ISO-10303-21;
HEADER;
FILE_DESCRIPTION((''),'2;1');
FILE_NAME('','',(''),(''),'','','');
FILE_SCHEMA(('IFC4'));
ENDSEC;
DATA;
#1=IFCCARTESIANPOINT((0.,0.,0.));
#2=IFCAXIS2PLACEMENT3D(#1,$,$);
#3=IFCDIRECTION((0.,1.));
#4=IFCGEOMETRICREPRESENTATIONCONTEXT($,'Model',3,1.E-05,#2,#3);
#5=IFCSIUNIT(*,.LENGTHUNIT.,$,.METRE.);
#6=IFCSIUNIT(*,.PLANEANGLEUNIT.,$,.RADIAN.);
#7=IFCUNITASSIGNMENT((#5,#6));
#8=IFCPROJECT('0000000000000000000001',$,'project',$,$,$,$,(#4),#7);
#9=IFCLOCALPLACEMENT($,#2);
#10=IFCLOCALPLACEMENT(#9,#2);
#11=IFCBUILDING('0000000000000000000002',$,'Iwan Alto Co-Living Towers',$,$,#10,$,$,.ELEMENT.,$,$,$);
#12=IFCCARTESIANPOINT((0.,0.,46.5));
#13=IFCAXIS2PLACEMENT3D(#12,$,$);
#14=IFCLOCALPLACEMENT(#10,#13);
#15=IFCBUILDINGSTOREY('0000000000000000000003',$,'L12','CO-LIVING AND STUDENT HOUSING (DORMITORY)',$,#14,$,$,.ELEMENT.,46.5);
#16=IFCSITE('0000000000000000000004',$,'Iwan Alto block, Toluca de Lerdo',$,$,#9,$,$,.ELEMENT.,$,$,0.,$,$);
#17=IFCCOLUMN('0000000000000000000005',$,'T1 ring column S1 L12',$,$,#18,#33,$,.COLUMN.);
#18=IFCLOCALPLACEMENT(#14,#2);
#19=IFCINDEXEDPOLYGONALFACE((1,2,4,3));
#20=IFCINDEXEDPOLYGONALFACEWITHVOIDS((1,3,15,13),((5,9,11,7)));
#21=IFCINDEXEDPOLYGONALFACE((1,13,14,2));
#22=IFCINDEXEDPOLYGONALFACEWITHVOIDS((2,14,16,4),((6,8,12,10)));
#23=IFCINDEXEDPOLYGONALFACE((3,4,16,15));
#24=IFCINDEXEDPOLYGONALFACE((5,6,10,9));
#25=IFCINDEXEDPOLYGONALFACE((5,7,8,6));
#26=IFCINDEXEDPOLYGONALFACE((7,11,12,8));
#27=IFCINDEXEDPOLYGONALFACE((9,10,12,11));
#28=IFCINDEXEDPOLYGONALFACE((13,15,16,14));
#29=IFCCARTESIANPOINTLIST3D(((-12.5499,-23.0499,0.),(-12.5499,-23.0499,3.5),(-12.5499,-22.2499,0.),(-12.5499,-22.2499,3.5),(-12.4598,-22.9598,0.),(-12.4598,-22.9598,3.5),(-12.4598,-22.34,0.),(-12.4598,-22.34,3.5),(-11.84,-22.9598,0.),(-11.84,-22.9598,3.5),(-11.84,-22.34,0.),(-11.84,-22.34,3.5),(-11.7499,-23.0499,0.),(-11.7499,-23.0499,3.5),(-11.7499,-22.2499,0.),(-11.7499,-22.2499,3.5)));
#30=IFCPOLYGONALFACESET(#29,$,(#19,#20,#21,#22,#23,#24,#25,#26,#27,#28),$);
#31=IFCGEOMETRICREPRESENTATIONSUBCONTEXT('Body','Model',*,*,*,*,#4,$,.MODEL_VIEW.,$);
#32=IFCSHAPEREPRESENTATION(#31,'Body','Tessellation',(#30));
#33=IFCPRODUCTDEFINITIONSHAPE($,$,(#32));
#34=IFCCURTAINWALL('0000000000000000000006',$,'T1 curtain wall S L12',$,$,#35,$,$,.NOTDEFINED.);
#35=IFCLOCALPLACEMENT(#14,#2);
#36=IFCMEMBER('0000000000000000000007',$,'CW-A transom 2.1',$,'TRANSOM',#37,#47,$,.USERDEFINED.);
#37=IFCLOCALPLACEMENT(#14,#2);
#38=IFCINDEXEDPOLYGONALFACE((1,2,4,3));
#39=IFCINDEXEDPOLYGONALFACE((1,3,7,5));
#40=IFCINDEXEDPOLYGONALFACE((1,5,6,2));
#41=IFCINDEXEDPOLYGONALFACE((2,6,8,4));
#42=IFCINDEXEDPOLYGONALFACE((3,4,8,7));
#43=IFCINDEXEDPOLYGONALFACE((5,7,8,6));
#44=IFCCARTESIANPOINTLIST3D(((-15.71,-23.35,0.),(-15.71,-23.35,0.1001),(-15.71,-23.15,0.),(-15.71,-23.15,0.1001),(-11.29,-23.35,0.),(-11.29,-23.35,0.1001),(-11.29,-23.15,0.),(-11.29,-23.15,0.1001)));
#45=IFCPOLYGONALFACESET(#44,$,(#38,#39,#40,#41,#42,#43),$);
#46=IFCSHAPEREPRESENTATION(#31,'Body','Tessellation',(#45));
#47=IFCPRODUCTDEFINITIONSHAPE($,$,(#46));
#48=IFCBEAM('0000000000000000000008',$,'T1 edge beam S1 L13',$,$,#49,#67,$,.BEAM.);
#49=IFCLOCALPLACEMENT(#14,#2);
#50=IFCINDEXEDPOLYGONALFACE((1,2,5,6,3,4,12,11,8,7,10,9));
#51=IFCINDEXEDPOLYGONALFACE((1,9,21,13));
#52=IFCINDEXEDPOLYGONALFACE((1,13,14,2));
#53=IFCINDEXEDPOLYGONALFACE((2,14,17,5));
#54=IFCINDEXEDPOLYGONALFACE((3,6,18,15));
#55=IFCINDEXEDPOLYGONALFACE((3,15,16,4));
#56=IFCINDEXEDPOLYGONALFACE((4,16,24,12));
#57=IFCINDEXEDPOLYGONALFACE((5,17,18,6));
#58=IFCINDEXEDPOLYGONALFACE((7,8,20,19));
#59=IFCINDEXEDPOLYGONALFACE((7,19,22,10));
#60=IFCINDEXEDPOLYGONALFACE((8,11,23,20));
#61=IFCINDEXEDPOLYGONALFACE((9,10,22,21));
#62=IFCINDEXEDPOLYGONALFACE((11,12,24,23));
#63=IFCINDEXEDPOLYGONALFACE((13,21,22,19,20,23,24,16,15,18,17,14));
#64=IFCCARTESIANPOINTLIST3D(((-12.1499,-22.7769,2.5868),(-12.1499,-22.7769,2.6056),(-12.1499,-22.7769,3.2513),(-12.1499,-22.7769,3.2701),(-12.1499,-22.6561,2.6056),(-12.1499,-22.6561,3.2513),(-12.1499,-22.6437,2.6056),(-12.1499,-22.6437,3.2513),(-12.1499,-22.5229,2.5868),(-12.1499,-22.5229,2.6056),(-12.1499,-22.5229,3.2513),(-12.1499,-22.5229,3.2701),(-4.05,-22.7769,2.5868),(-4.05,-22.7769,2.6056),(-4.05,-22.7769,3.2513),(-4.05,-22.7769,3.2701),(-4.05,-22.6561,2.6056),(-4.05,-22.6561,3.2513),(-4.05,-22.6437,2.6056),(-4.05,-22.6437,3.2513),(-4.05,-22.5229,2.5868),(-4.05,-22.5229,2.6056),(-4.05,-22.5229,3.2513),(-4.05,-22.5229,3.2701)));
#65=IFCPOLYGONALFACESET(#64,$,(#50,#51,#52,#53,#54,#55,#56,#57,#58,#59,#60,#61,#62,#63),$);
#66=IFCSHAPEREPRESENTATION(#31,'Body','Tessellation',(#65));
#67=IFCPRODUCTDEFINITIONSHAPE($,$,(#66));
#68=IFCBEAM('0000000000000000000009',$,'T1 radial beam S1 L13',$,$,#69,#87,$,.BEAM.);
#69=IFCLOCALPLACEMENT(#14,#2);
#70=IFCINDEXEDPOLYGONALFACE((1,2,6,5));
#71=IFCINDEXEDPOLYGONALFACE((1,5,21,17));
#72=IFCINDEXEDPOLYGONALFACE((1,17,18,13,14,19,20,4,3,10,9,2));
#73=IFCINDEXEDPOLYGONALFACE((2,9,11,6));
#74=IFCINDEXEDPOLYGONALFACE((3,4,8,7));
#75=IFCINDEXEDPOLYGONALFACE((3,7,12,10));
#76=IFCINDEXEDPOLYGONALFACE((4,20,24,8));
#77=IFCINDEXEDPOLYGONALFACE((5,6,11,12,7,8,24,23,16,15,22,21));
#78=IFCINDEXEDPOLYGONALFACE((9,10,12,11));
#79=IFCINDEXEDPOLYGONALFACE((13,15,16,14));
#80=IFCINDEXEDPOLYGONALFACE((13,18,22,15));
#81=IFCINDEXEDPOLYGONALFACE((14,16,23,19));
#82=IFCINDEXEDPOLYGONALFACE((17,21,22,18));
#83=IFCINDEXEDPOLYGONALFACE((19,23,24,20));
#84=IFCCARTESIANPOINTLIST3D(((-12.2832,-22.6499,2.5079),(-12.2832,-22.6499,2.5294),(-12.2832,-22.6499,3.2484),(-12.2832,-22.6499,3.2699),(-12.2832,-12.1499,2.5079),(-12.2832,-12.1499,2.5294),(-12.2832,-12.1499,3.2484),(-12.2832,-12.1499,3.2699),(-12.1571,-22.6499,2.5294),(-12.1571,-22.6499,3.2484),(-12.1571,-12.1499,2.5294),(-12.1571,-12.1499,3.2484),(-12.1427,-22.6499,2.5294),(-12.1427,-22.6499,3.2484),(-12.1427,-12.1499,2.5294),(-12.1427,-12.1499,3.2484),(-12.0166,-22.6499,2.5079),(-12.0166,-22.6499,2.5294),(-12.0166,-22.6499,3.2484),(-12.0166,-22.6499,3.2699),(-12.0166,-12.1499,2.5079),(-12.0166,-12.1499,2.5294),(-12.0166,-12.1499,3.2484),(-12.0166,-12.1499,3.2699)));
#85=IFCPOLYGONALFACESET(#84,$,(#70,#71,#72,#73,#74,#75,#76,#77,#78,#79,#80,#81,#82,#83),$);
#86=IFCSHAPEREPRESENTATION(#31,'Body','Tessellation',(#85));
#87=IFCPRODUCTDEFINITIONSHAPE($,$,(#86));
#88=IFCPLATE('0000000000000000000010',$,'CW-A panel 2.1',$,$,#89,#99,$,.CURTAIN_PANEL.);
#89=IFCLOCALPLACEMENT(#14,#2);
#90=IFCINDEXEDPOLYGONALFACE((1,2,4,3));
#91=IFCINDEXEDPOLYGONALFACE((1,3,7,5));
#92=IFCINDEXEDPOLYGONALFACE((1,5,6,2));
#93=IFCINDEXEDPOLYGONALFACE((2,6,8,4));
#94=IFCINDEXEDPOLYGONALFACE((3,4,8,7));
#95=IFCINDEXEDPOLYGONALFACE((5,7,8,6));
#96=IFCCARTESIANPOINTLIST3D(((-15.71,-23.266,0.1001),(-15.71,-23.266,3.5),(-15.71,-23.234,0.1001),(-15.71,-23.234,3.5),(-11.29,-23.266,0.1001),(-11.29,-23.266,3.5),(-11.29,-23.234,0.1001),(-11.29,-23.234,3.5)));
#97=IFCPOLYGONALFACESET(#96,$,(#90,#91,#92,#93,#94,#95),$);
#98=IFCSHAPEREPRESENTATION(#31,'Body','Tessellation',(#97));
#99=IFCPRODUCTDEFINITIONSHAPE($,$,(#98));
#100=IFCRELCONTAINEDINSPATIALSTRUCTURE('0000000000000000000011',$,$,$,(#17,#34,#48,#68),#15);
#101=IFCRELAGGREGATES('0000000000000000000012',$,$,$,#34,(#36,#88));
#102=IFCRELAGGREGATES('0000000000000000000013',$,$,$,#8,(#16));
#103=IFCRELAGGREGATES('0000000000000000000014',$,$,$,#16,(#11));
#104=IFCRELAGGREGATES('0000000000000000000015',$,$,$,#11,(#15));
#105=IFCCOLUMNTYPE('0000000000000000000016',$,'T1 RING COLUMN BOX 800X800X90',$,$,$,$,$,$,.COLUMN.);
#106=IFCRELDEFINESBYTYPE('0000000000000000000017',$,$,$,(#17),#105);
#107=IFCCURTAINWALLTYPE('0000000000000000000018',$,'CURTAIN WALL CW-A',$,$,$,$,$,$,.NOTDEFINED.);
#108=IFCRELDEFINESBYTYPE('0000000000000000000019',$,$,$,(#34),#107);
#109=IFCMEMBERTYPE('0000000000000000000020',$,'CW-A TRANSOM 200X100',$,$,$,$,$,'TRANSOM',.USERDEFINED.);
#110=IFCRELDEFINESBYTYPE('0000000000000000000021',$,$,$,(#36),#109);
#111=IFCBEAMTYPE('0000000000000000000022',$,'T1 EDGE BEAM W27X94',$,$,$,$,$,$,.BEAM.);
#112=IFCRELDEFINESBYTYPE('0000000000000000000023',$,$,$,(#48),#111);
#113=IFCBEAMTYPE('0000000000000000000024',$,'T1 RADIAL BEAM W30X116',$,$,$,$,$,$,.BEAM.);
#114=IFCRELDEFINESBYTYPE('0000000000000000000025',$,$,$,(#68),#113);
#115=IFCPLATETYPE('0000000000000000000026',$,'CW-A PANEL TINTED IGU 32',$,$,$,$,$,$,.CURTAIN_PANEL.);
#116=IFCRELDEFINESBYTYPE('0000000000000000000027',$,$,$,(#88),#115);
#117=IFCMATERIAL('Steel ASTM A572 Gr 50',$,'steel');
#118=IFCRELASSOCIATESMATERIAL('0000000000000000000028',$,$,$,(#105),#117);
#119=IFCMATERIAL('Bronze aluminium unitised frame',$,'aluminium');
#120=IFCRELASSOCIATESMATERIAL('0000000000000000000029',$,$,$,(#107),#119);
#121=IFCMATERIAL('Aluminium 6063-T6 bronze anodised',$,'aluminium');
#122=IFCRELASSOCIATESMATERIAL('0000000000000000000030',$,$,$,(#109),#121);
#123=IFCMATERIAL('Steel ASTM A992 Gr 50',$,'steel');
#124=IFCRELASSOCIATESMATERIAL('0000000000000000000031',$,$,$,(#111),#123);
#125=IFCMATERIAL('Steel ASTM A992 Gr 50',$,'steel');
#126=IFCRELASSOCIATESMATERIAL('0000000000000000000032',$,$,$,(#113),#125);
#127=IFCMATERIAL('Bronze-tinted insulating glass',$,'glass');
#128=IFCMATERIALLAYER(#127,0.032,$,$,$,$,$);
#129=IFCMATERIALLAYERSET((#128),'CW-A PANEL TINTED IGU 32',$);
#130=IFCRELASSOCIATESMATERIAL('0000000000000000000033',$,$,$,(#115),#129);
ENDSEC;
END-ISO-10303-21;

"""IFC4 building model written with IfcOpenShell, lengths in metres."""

from ifc_helpers import new_model, si_unit, direction, frame, origin, origin_2d, place, context, subcontext, project, spatial, rectangle, hollow_rectangle, i_section, extrude, material, layer, layer_set, material_profile, profile_set, type_object, element, aggregate, save


model = new_model("IFC4")

# Units and contexts
model_context = context("Model", 3, precision=1e-05, world=origin(), true_north=direction((0.0, 1.0)))
body_context = subcontext(model_context, "Body", "Model", "MODEL_VIEW")
ifc_project = project(units=[si_unit("LENGTHUNIT", "METRE"), si_unit("PLANEANGLEUNIT", "RADIAN")], contexts=[model_context])

# Site, building, storey
site_placement = place(None, origin())
site = spatial("IfcSite", under=ifc_project, at=site_placement, Name="Iwan Alto block, Toluca de Lerdo", CompositionType="ELEMENT", RefElevation=0.0)
building_placement = place(site_placement, origin())
building = spatial("IfcBuilding", under=site, at=building_placement, Name="Iwan Alto Co-Living Towers", CompositionType="ELEMENT")
storey_placement = place(building_placement, frame((0.0, 0.0, 46.5)))
storey = spatial("IfcBuildingStorey", under=building, at=storey_placement, Name="L12", Description="CO-LIVING AND STUDENT HOUSING (DORMITORY)", CompositionType="ELEMENT", Elevation=46.5)

# Column
ifc_material_1 = material(Name="Steel ASTM A572 Gr 50", Category="steel")
ifc_material_profile_1 = material_profile(ifc_material_1, hollow_rectangle(XDim=0.8, YDim=0.8, WallThickness=0.0901, at=origin_2d()), Name="BOX 800X800X90")
ifc_profile_set_1 = profile_set([ifc_material_profile_1], Name="Steel ASTM A572 Gr 50")
column_type = type_object("IfcColumnType", Name="T1 RING COLUMN BOX 800X800X90", PredefinedType="COLUMN", material=ifc_profile_set_1)
column_placement = place(storey_placement, frame((-12.1499, -22.6499, 0.0), z_axis=(0.0, 0.0, 1.0), x_axis=(1.0, 0.0, 0.0)))
element("IfcColumn", 1, at=column_placement, inside=storey, type_object=column_type, Name="T1 ring column S1 L12", PredefinedType="COLUMN", context=body_context, shape_type="SweptSolid", body=[
    extrude(hollow_rectangle(XDim=0.8, YDim=0.8, WallThickness=0.0901, at=origin_2d()), origin(), (0.0, 0.0, 1.0), 3.5),
])

# Curtain wall, member
ifc_material_2 = material(Name="Bronze aluminium unitised frame", Category="aluminium")
curtain_wall_type = type_object("IfcCurtainWallType", Name="CURTAIN WALL CW-A", PredefinedType="NOTDEFINED", material=ifc_material_2)
curtain_wall_placement = place(storey_placement, origin())
curtain_wall = element("IfcCurtainWall", 2, at=curtain_wall_placement, inside=storey, type_object=curtain_wall_type, Name="T1 curtain wall S L12", PredefinedType="NOTDEFINED")
ifc_material_3 = material(Name="Aluminium 6063-T6 bronze anodised", Category="aluminium")
ifc_material_profile_2 = material_profile(ifc_material_3, rectangle(XDim=0.2, YDim=0.1001, at=origin_2d()), Name="AL 200X100")
ifc_profile_set_2 = profile_set([ifc_material_profile_2], Name="Aluminium 6063-T6 bronze anodised")
member_type = type_object("IfcMemberType", Name="CW-A TRANSOM 200X100", ElementType="TRANSOM", PredefinedType="USERDEFINED", material=ifc_profile_set_2)
member_placement = place(storey_placement, frame((-15.71, -23.25, 0.05), z_axis=(1.0, 0.0, 0.0), x_axis=(0.0, 1.0, 0.0)))
member = element("IfcMember", 3, at=member_placement, type_object=member_type, Name="CW-A transom 2.1", ObjectType="TRANSOM", PredefinedType="USERDEFINED", context=body_context, shape_type="SweptSolid", body=[
    extrude(rectangle(XDim=0.2, YDim=0.1001, at=origin_2d()), origin(), (0.0, 0.0, 1.0), 4.4199),
])

# Beams
ifc_material_4 = material(Name="Steel ASTM A992 Gr 50", Category="steel")
ifc_material_profile_3 = material_profile(ifc_material_4, i_section(OverallWidth=0.2539, OverallDepth=0.6833, WebThickness=0.0125, FlangeThickness=0.0188, at=origin_2d()), Name="W27X94")
ifc_profile_set_3 = profile_set([ifc_material_profile_3], Name="Steel ASTM A992 Gr 50")
beam_type_1 = type_object("IfcBeamType", Name="T1 EDGE BEAM W27X94", PredefinedType="BEAM", material=ifc_profile_set_3)
beam_1_placement = place(storey_placement, frame((-12.1499, -22.6499, 2.9285), z_axis=(1.0, 0.0, 0.0), x_axis=(0.0, 1.0, 0.0)))
element("IfcBeam", 4, at=beam_1_placement, inside=storey, type_object=beam_type_1, Name="T1 edge beam S1 L13", PredefinedType="BEAM", context=body_context, shape_type="SweptSolid", body=[
    extrude(i_section(OverallWidth=0.2539, OverallDepth=0.6833, WebThickness=0.0125, FlangeThickness=0.0188, at=origin_2d()), origin(), (0.0, 0.0, 1.0), 8.0999),
])
ifc_material_5 = material(Name="Steel ASTM A992 Gr 50", Category="steel")
ifc_material_profile_4 = material_profile(ifc_material_5, i_section(OverallWidth=0.2666, OverallDepth=0.762, WebThickness=0.0144, FlangeThickness=0.0215, at=origin_2d()), Name="W30X116")
ifc_profile_set_4 = profile_set([ifc_material_profile_4], Name="Steel ASTM A992 Gr 50")
beam_type_2 = type_object("IfcBeamType", Name="T1 RADIAL BEAM W30X116", PredefinedType="BEAM", material=ifc_profile_set_4)
beam_2_placement = place(storey_placement, frame((-12.1499, -22.6499, 2.8889), z_axis=(0.0, 1.0, 0.0), x_axis=(-1.0, 0.0, 0.0)))
element("IfcBeam", 5, at=beam_2_placement, inside=storey, type_object=beam_type_2, Name="T1 radial beam S1 L13", PredefinedType="BEAM", context=body_context, shape_type="SweptSolid", body=[
    extrude(i_section(OverallWidth=0.2666, OverallDepth=0.762, WebThickness=0.0144, FlangeThickness=0.0215, at=origin_2d()), origin(), (0.0, 0.0, 1.0), 10.5),
])

# Plate
ifc_material_6 = material(Name="Bronze-tinted insulating glass", Category="glass")
ifc_layer_1 = layer(ifc_material_6, 0.032)
ifc_layer_set_1 = layer_set([ifc_layer_1], Name="CW-A PANEL TINTED IGU 32")
plate_type = type_object("IfcPlateType", Name="CW-A PANEL TINTED IGU 32", PredefinedType="CURTAIN_PANEL", material=ifc_layer_set_1)
plate_placement = place(storey_placement, frame((-13.5, -23.25, 0.1001), z_axis=(0.0, 0.0, 1.0), x_axis=(1.0, 0.0, 0.0)))
plate = element("IfcPlate", 6, at=plate_placement, type_object=plate_type, Name="CW-A panel 2.1", PredefinedType="CURTAIN_PANEL", context=body_context, shape_type="SweptSolid", body=[
    extrude(rectangle(XDim=4.4199, YDim=0.032, at=origin_2d()), origin(), (0.0, 0.0, 1.0), 3.3999),
])
aggregate(curtain_wall, [member, plate])

save(model, "model.ifc")
